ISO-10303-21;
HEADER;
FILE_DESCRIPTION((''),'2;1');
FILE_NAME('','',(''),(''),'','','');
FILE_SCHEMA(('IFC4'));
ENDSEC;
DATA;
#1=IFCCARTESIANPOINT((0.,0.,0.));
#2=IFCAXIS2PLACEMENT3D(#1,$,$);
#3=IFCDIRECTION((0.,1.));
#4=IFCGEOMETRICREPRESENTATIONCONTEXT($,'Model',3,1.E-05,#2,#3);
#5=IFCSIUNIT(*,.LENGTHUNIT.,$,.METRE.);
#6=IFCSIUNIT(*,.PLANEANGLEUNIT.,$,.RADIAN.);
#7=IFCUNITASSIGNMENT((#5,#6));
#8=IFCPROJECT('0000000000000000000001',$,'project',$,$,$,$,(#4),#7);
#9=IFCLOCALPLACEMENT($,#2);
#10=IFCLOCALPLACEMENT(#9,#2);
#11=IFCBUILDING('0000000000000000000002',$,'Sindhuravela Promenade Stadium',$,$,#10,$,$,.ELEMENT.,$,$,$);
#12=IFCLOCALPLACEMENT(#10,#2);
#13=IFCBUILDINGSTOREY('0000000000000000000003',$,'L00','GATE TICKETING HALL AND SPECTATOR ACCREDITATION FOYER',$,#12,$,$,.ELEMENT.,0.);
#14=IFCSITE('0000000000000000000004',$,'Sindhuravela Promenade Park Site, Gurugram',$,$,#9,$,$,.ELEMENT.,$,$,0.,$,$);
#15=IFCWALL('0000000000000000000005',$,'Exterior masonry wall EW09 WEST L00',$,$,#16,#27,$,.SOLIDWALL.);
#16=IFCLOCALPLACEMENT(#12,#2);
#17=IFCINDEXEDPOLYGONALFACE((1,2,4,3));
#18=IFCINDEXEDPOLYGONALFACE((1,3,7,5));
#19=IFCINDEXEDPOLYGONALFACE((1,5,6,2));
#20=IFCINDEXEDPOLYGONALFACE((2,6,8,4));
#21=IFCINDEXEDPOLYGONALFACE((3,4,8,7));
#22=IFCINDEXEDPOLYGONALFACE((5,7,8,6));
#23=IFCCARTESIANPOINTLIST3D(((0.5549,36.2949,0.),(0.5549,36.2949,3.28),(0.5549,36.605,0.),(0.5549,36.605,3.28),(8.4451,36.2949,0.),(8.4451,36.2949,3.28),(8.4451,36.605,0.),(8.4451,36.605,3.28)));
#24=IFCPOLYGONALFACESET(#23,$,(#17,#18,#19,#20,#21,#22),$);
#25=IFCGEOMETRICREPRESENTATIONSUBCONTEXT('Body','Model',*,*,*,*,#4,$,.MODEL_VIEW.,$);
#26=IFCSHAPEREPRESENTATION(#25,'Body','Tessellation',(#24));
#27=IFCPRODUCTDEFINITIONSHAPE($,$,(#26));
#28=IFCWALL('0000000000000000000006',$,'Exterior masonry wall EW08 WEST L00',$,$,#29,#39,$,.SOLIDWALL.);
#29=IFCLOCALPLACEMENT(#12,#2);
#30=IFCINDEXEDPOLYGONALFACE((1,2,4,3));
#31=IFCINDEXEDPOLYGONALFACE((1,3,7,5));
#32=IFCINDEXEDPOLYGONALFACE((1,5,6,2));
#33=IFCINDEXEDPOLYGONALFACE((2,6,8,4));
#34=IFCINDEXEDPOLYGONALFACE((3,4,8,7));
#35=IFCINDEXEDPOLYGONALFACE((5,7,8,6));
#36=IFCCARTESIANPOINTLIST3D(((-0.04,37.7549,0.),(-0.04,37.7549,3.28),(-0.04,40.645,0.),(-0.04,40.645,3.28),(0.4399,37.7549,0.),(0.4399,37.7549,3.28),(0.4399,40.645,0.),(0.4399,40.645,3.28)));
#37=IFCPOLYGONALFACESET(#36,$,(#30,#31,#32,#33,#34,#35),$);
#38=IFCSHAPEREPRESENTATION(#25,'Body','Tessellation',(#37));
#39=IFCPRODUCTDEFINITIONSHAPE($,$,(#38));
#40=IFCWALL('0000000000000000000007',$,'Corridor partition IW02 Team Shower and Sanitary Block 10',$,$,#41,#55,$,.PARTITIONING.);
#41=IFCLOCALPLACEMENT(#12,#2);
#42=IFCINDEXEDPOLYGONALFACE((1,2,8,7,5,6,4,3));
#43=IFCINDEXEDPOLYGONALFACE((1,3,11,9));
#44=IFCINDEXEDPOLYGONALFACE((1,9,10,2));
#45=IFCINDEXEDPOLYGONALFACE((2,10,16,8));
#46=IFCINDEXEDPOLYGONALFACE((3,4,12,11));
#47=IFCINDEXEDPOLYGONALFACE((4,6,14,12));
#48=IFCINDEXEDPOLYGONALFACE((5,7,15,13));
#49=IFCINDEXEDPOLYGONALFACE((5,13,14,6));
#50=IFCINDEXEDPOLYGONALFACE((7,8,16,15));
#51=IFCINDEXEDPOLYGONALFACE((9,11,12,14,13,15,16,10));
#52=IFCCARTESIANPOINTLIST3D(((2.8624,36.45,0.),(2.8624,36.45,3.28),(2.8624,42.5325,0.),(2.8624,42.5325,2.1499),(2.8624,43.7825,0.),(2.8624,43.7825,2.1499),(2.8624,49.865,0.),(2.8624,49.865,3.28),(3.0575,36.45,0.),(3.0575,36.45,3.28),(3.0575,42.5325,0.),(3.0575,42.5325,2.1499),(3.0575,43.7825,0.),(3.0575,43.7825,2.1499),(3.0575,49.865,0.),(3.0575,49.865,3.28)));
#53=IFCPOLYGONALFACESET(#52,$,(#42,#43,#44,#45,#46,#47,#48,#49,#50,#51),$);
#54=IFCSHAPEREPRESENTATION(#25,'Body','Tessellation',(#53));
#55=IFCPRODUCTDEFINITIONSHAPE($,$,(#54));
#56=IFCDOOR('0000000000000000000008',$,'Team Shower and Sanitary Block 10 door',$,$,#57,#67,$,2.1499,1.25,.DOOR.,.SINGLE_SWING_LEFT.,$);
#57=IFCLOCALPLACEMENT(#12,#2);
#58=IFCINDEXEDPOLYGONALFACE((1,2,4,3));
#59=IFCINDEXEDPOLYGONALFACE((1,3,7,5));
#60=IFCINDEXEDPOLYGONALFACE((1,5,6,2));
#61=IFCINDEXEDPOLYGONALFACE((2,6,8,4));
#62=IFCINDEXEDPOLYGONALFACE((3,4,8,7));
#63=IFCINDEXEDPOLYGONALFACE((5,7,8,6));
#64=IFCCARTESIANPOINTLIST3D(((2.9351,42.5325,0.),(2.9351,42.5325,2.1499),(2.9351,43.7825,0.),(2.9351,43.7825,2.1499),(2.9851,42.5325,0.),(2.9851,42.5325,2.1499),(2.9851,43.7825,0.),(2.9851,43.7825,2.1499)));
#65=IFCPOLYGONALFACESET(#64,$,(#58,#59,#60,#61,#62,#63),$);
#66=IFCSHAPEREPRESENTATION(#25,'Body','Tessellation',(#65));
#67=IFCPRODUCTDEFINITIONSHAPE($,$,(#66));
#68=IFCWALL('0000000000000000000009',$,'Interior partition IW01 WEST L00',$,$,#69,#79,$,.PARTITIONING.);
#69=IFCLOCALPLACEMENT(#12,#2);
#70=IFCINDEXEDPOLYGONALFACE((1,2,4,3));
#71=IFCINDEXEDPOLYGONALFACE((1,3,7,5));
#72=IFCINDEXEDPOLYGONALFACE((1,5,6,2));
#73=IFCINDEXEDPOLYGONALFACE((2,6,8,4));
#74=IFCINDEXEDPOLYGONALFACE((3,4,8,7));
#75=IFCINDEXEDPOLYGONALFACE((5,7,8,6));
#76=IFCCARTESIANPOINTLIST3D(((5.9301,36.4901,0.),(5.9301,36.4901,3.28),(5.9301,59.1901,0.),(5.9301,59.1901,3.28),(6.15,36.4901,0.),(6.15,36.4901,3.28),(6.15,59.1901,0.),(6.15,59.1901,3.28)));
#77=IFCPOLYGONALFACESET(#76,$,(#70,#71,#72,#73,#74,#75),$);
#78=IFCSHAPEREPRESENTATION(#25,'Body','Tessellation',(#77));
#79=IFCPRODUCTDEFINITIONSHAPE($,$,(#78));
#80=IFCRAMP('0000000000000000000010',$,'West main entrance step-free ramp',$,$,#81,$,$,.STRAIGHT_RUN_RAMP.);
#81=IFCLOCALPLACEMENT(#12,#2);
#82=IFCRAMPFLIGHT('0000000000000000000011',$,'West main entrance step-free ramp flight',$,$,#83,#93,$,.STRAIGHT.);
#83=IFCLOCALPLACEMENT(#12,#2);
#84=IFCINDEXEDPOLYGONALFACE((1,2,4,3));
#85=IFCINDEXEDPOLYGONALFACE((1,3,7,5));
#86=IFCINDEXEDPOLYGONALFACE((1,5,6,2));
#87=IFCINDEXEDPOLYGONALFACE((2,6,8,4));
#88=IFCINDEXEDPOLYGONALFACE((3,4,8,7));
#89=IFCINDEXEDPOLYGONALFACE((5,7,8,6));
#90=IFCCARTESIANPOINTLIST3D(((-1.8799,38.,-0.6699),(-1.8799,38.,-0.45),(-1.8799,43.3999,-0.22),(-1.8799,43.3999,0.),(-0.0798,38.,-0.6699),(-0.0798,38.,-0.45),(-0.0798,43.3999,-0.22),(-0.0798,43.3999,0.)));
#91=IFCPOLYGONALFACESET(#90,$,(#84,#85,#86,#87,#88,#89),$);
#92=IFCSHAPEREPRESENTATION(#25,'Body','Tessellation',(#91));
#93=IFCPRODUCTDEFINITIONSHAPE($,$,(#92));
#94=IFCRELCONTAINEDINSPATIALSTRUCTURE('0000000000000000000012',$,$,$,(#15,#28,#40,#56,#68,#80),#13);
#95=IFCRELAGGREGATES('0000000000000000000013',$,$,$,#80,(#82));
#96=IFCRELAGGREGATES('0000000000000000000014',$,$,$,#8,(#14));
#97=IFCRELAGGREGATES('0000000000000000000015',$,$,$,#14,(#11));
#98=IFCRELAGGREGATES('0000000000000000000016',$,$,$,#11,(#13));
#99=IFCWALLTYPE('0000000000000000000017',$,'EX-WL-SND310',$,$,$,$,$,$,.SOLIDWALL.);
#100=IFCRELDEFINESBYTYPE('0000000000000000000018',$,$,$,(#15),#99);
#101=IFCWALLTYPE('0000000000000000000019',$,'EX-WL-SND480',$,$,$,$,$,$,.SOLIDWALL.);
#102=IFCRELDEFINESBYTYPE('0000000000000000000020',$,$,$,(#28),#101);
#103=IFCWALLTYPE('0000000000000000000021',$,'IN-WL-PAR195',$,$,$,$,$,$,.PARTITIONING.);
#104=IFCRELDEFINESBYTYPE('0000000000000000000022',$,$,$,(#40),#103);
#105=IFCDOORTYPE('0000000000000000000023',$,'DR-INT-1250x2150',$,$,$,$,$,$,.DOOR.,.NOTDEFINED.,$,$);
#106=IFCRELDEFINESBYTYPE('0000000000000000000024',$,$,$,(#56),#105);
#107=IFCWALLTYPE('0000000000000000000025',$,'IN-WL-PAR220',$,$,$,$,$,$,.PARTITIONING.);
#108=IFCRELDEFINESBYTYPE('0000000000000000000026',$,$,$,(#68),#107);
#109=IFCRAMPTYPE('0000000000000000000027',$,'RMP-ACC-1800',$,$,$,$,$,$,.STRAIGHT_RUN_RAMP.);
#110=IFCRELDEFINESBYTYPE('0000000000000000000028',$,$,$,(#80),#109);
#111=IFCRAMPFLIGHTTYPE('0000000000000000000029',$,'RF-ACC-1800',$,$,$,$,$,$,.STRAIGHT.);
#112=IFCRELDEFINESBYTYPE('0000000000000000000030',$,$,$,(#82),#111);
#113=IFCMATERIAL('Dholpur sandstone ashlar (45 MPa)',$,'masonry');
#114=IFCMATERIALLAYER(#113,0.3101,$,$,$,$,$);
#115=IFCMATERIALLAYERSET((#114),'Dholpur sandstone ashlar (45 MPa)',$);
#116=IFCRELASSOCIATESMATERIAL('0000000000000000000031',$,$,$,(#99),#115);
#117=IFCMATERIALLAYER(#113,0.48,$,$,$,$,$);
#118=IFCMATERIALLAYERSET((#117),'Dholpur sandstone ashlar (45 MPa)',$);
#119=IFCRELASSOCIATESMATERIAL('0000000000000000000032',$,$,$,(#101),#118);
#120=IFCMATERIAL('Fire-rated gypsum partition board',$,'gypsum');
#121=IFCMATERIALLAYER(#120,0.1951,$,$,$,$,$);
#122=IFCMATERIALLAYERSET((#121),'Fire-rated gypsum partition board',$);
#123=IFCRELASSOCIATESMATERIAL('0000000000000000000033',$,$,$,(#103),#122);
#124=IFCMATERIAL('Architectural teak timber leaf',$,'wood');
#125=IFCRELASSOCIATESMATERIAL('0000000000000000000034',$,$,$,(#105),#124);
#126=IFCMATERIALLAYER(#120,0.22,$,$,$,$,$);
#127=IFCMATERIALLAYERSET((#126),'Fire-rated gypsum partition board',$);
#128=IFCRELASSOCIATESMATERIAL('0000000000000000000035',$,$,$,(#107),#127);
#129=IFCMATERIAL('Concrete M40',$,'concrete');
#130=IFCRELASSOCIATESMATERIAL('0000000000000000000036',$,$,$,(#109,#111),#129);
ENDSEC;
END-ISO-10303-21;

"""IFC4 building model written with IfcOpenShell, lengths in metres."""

from ifc_helpers import new_model, si_unit, direction, frame, frame_2d, origin, place, context, subcontext, project, spatial, polyline, rectangle, outline, extrude, material, layer, layer_set, type_object, element, fill, aggregate, save


model = new_model("IFC4")

# Units and contexts
model_context = context("Model", 3, precision=1e-05, world=origin(), true_north=direction((0.0, 1.0)))
body_context = subcontext(model_context, "Body", "Model", "MODEL_VIEW")
ifc_project = project(units=[si_unit("LENGTHUNIT", "METRE"), si_unit("PLANEANGLEUNIT", "RADIAN")], contexts=[model_context])

# Site, building, storey
site_placement = place(None, origin())
site = spatial("IfcSite", under=ifc_project, at=site_placement, Name="Sindhuravela Promenade Park Site, Gurugram", CompositionType="ELEMENT", RefElevation=0.0)
building_placement = place(site_placement, origin())
building = spatial("IfcBuilding", under=site, at=building_placement, Name="Sindhuravela Promenade Stadium", CompositionType="ELEMENT")
storey_placement = place(building_placement, origin())
storey = spatial("IfcBuildingStorey", under=building, at=storey_placement, Name="L00", Description="GATE TICKETING HALL AND SPECTATOR ACCREDITATION FOYER", CompositionType="ELEMENT", Elevation=0.0)

# Shared definitions
ifc_material_1 = material(Name="Concrete M40", Category="concrete")

# Walls
ifc_material_2 = material(Name="Dholpur sandstone ashlar (45 MPa)", Category="masonry")
ifc_layer_1 = layer(ifc_material_2, 0.3101)
ifc_layer_set_1 = layer_set([ifc_layer_1], Name="Dholpur sandstone ashlar (45 MPa)")
wall_type_1 = type_object("IfcWallType", Name="EX-WL-SND310", PredefinedType="SOLIDWALL", material=ifc_layer_set_1)
wall_1_placement = place(storey_placement, frame((8.4451, 36.45, 0.0), z_axis=(0.0, 0.0, 1.0), x_axis=(-1.0, 0.0, 0.0)))
element("IfcWall", 1, at=wall_1_placement, inside=storey, type_object=wall_type_1, Name="Exterior masonry wall EW09 WEST L00", PredefinedType="SOLIDWALL", context=body_context, shape_type="SweptSolid", body=[
    extrude(rectangle(XDim=7.8901, YDim=0.3101, at=frame_2d((3.9451, 0.0))), origin(), (0.0, 0.0, 1.0), 3.28),
])
ifc_layer_2 = layer(ifc_material_2, 0.48)
ifc_layer_set_2 = layer_set([ifc_layer_2], Name="Dholpur sandstone ashlar (45 MPa)")
wall_type_2 = type_object("IfcWallType", Name="EX-WL-SND480", PredefinedType="SOLIDWALL", material=ifc_layer_set_2)
wall_2_placement = place(storey_placement, frame((0.2, 37.7549, 0.0), z_axis=(0.0, 0.0, 1.0), x_axis=(0.0, 1.0, 0.0)))
element("IfcWall", 2, at=wall_2_placement, inside=storey, type_object=wall_type_2, Name="Exterior masonry wall EW08 WEST L00", PredefinedType="SOLIDWALL", context=body_context, shape_type="SweptSolid", body=[
    extrude(rectangle(XDim=2.8901, YDim=0.48, at=frame_2d((1.4451, 0.0))), origin(), (0.0, 0.0, 1.0), 3.28),
])

# Wall, opening, door
ifc_material_3 = material(Name="Fire-rated gypsum partition board", Category="gypsum")
ifc_layer_3 = layer(ifc_material_3, 0.1951)
ifc_layer_set_3 = layer_set([ifc_layer_3], Name="Fire-rated gypsum partition board")
wall_type_3 = type_object("IfcWallType", Name="IN-WL-PAR195", PredefinedType="PARTITIONING", material=ifc_layer_set_3)
wall_3_placement = place(storey_placement, frame((2.96, 36.45, 0.0), z_axis=(0.0, 0.0, 1.0), x_axis=(0.0, 1.0, 0.0)))
wall_3 = element("IfcWall", 3, at=wall_3_placement, inside=storey, type_object=wall_type_3, Name="Corridor partition IW02 Team Shower and Sanitary Block 10", PredefinedType="PARTITIONING", context=body_context, shape_type="SweptSolid", body=[
    extrude(rectangle(XDim=13.415, YDim=0.1951, at=frame_2d((6.7075, 0.0))), origin(), (0.0, 0.0, 1.0), 3.28),
])
opening_placement = place(wall_3_placement, frame((6.0825, 0.0, 0.0)))
opening = element("IfcOpeningElement", 4, at=opening_placement, cuts=wall_3, PredefinedType="OPENING", context=body_context, shape_type="SweptSolid", body=[
    extrude(rectangle(XDim=1.25, YDim=2.1499, at=frame_2d((0.625, 1.075))), frame((0.0, 0.1074, 0.0), z_axis=(0.0, -1.0, 0.0), x_axis=(1.0, 0.0, 0.0)), (0.0, 0.0, 1.0), 0.2151),
])
ifc_material_4 = material(Name="Architectural teak timber leaf", Category="wood")
door_type = type_object("IfcDoorType", Name="DR-INT-1250x2150", OperationType="NOTDEFINED", PredefinedType="DOOR", material=ifc_material_4)
door_placement = place(opening_placement, origin())
door = element("IfcDoor", 5, at=door_placement, inside=storey, type_object=door_type, Name="Team Shower and Sanitary Block 10 door", OperationType="SINGLE_SWING_LEFT", OverallHeight=2.1499, OverallWidth=1.25, PredefinedType="DOOR", context=body_context, shape_type="SweptSolid", body=[
    extrude(rectangle(XDim=1.25, YDim=2.1499, at=frame_2d((0.625, 1.075))), frame((0.0, 0.0249, 0.0), z_axis=(0.0, -1.0, 0.0), x_axis=(1.0, 0.0, 0.0)), (0.0, 0.0, 1.0), 0.05),
])
fill(opening, door)

# Wall
ifc_layer_4 = layer(ifc_material_3, 0.22)
ifc_layer_set_4 = layer_set([ifc_layer_4], Name="Fire-rated gypsum partition board")
wall_type_4 = type_object("IfcWallType", Name="IN-WL-PAR220", PredefinedType="PARTITIONING", material=ifc_layer_set_4)
wall_4_placement = place(storey_placement, frame((6.04, 36.49, 0.0), z_axis=(0.0, 0.0, 1.0), x_axis=(0.0, 1.0, 0.0)))
element("IfcWall", 6, at=wall_4_placement, inside=storey, type_object=wall_type_4, Name="Interior partition IW01 WEST L00", PredefinedType="PARTITIONING", context=body_context, shape_type="SweptSolid", body=[
    extrude(rectangle(XDim=22.7, YDim=0.22, at=frame_2d((11.3501, 0.0))), origin(), (0.0, 0.0, 1.0), 3.28),
])

# Ramp, ramp flight
ramp_type = type_object("IfcRampType", Name="RMP-ACC-1800", PredefinedType="STRAIGHT_RUN_RAMP", material=ifc_material_1)
ramp_placement = place(storey_placement, origin())
ramp = element("IfcRamp", 7, at=ramp_placement, inside=storey, type_object=ramp_type, Name="West main entrance step-free ramp", PredefinedType="STRAIGHT_RUN_RAMP")
ramp_flight_type = type_object("IfcRampFlightType", Name="RF-ACC-1800", PredefinedType="STRAIGHT", material=ifc_material_1)
ramp_flight_placement = place(storey_placement, frame((-0.98, 38.0, -0.45), z_axis=(0.0, 0.0, 1.0), x_axis=(0.0, 1.0, 0.0)))
ramp_flight = element("IfcRampFlight", 8, at=ramp_flight_placement, type_object=ramp_flight_type, Name="West main entrance step-free ramp flight", PredefinedType="STRAIGHT", context=body_context, shape_type="SweptSolid", body=[
    extrude(outline(polyline([(0.0, 0.0), (0.0, -0.22), (5.3999, 0.23), (5.3999, 0.45), (0.0, 0.0)])), frame((0.0, 0.8999, 0.0), z_axis=(0.0, -1.0, 0.0), x_axis=(1.0, 0.0, 0.0)), (0.0, 0.0, 1.0), 1.8),
])
aggregate(ramp, [ramp_flight])

save(model, "model.ifc")
